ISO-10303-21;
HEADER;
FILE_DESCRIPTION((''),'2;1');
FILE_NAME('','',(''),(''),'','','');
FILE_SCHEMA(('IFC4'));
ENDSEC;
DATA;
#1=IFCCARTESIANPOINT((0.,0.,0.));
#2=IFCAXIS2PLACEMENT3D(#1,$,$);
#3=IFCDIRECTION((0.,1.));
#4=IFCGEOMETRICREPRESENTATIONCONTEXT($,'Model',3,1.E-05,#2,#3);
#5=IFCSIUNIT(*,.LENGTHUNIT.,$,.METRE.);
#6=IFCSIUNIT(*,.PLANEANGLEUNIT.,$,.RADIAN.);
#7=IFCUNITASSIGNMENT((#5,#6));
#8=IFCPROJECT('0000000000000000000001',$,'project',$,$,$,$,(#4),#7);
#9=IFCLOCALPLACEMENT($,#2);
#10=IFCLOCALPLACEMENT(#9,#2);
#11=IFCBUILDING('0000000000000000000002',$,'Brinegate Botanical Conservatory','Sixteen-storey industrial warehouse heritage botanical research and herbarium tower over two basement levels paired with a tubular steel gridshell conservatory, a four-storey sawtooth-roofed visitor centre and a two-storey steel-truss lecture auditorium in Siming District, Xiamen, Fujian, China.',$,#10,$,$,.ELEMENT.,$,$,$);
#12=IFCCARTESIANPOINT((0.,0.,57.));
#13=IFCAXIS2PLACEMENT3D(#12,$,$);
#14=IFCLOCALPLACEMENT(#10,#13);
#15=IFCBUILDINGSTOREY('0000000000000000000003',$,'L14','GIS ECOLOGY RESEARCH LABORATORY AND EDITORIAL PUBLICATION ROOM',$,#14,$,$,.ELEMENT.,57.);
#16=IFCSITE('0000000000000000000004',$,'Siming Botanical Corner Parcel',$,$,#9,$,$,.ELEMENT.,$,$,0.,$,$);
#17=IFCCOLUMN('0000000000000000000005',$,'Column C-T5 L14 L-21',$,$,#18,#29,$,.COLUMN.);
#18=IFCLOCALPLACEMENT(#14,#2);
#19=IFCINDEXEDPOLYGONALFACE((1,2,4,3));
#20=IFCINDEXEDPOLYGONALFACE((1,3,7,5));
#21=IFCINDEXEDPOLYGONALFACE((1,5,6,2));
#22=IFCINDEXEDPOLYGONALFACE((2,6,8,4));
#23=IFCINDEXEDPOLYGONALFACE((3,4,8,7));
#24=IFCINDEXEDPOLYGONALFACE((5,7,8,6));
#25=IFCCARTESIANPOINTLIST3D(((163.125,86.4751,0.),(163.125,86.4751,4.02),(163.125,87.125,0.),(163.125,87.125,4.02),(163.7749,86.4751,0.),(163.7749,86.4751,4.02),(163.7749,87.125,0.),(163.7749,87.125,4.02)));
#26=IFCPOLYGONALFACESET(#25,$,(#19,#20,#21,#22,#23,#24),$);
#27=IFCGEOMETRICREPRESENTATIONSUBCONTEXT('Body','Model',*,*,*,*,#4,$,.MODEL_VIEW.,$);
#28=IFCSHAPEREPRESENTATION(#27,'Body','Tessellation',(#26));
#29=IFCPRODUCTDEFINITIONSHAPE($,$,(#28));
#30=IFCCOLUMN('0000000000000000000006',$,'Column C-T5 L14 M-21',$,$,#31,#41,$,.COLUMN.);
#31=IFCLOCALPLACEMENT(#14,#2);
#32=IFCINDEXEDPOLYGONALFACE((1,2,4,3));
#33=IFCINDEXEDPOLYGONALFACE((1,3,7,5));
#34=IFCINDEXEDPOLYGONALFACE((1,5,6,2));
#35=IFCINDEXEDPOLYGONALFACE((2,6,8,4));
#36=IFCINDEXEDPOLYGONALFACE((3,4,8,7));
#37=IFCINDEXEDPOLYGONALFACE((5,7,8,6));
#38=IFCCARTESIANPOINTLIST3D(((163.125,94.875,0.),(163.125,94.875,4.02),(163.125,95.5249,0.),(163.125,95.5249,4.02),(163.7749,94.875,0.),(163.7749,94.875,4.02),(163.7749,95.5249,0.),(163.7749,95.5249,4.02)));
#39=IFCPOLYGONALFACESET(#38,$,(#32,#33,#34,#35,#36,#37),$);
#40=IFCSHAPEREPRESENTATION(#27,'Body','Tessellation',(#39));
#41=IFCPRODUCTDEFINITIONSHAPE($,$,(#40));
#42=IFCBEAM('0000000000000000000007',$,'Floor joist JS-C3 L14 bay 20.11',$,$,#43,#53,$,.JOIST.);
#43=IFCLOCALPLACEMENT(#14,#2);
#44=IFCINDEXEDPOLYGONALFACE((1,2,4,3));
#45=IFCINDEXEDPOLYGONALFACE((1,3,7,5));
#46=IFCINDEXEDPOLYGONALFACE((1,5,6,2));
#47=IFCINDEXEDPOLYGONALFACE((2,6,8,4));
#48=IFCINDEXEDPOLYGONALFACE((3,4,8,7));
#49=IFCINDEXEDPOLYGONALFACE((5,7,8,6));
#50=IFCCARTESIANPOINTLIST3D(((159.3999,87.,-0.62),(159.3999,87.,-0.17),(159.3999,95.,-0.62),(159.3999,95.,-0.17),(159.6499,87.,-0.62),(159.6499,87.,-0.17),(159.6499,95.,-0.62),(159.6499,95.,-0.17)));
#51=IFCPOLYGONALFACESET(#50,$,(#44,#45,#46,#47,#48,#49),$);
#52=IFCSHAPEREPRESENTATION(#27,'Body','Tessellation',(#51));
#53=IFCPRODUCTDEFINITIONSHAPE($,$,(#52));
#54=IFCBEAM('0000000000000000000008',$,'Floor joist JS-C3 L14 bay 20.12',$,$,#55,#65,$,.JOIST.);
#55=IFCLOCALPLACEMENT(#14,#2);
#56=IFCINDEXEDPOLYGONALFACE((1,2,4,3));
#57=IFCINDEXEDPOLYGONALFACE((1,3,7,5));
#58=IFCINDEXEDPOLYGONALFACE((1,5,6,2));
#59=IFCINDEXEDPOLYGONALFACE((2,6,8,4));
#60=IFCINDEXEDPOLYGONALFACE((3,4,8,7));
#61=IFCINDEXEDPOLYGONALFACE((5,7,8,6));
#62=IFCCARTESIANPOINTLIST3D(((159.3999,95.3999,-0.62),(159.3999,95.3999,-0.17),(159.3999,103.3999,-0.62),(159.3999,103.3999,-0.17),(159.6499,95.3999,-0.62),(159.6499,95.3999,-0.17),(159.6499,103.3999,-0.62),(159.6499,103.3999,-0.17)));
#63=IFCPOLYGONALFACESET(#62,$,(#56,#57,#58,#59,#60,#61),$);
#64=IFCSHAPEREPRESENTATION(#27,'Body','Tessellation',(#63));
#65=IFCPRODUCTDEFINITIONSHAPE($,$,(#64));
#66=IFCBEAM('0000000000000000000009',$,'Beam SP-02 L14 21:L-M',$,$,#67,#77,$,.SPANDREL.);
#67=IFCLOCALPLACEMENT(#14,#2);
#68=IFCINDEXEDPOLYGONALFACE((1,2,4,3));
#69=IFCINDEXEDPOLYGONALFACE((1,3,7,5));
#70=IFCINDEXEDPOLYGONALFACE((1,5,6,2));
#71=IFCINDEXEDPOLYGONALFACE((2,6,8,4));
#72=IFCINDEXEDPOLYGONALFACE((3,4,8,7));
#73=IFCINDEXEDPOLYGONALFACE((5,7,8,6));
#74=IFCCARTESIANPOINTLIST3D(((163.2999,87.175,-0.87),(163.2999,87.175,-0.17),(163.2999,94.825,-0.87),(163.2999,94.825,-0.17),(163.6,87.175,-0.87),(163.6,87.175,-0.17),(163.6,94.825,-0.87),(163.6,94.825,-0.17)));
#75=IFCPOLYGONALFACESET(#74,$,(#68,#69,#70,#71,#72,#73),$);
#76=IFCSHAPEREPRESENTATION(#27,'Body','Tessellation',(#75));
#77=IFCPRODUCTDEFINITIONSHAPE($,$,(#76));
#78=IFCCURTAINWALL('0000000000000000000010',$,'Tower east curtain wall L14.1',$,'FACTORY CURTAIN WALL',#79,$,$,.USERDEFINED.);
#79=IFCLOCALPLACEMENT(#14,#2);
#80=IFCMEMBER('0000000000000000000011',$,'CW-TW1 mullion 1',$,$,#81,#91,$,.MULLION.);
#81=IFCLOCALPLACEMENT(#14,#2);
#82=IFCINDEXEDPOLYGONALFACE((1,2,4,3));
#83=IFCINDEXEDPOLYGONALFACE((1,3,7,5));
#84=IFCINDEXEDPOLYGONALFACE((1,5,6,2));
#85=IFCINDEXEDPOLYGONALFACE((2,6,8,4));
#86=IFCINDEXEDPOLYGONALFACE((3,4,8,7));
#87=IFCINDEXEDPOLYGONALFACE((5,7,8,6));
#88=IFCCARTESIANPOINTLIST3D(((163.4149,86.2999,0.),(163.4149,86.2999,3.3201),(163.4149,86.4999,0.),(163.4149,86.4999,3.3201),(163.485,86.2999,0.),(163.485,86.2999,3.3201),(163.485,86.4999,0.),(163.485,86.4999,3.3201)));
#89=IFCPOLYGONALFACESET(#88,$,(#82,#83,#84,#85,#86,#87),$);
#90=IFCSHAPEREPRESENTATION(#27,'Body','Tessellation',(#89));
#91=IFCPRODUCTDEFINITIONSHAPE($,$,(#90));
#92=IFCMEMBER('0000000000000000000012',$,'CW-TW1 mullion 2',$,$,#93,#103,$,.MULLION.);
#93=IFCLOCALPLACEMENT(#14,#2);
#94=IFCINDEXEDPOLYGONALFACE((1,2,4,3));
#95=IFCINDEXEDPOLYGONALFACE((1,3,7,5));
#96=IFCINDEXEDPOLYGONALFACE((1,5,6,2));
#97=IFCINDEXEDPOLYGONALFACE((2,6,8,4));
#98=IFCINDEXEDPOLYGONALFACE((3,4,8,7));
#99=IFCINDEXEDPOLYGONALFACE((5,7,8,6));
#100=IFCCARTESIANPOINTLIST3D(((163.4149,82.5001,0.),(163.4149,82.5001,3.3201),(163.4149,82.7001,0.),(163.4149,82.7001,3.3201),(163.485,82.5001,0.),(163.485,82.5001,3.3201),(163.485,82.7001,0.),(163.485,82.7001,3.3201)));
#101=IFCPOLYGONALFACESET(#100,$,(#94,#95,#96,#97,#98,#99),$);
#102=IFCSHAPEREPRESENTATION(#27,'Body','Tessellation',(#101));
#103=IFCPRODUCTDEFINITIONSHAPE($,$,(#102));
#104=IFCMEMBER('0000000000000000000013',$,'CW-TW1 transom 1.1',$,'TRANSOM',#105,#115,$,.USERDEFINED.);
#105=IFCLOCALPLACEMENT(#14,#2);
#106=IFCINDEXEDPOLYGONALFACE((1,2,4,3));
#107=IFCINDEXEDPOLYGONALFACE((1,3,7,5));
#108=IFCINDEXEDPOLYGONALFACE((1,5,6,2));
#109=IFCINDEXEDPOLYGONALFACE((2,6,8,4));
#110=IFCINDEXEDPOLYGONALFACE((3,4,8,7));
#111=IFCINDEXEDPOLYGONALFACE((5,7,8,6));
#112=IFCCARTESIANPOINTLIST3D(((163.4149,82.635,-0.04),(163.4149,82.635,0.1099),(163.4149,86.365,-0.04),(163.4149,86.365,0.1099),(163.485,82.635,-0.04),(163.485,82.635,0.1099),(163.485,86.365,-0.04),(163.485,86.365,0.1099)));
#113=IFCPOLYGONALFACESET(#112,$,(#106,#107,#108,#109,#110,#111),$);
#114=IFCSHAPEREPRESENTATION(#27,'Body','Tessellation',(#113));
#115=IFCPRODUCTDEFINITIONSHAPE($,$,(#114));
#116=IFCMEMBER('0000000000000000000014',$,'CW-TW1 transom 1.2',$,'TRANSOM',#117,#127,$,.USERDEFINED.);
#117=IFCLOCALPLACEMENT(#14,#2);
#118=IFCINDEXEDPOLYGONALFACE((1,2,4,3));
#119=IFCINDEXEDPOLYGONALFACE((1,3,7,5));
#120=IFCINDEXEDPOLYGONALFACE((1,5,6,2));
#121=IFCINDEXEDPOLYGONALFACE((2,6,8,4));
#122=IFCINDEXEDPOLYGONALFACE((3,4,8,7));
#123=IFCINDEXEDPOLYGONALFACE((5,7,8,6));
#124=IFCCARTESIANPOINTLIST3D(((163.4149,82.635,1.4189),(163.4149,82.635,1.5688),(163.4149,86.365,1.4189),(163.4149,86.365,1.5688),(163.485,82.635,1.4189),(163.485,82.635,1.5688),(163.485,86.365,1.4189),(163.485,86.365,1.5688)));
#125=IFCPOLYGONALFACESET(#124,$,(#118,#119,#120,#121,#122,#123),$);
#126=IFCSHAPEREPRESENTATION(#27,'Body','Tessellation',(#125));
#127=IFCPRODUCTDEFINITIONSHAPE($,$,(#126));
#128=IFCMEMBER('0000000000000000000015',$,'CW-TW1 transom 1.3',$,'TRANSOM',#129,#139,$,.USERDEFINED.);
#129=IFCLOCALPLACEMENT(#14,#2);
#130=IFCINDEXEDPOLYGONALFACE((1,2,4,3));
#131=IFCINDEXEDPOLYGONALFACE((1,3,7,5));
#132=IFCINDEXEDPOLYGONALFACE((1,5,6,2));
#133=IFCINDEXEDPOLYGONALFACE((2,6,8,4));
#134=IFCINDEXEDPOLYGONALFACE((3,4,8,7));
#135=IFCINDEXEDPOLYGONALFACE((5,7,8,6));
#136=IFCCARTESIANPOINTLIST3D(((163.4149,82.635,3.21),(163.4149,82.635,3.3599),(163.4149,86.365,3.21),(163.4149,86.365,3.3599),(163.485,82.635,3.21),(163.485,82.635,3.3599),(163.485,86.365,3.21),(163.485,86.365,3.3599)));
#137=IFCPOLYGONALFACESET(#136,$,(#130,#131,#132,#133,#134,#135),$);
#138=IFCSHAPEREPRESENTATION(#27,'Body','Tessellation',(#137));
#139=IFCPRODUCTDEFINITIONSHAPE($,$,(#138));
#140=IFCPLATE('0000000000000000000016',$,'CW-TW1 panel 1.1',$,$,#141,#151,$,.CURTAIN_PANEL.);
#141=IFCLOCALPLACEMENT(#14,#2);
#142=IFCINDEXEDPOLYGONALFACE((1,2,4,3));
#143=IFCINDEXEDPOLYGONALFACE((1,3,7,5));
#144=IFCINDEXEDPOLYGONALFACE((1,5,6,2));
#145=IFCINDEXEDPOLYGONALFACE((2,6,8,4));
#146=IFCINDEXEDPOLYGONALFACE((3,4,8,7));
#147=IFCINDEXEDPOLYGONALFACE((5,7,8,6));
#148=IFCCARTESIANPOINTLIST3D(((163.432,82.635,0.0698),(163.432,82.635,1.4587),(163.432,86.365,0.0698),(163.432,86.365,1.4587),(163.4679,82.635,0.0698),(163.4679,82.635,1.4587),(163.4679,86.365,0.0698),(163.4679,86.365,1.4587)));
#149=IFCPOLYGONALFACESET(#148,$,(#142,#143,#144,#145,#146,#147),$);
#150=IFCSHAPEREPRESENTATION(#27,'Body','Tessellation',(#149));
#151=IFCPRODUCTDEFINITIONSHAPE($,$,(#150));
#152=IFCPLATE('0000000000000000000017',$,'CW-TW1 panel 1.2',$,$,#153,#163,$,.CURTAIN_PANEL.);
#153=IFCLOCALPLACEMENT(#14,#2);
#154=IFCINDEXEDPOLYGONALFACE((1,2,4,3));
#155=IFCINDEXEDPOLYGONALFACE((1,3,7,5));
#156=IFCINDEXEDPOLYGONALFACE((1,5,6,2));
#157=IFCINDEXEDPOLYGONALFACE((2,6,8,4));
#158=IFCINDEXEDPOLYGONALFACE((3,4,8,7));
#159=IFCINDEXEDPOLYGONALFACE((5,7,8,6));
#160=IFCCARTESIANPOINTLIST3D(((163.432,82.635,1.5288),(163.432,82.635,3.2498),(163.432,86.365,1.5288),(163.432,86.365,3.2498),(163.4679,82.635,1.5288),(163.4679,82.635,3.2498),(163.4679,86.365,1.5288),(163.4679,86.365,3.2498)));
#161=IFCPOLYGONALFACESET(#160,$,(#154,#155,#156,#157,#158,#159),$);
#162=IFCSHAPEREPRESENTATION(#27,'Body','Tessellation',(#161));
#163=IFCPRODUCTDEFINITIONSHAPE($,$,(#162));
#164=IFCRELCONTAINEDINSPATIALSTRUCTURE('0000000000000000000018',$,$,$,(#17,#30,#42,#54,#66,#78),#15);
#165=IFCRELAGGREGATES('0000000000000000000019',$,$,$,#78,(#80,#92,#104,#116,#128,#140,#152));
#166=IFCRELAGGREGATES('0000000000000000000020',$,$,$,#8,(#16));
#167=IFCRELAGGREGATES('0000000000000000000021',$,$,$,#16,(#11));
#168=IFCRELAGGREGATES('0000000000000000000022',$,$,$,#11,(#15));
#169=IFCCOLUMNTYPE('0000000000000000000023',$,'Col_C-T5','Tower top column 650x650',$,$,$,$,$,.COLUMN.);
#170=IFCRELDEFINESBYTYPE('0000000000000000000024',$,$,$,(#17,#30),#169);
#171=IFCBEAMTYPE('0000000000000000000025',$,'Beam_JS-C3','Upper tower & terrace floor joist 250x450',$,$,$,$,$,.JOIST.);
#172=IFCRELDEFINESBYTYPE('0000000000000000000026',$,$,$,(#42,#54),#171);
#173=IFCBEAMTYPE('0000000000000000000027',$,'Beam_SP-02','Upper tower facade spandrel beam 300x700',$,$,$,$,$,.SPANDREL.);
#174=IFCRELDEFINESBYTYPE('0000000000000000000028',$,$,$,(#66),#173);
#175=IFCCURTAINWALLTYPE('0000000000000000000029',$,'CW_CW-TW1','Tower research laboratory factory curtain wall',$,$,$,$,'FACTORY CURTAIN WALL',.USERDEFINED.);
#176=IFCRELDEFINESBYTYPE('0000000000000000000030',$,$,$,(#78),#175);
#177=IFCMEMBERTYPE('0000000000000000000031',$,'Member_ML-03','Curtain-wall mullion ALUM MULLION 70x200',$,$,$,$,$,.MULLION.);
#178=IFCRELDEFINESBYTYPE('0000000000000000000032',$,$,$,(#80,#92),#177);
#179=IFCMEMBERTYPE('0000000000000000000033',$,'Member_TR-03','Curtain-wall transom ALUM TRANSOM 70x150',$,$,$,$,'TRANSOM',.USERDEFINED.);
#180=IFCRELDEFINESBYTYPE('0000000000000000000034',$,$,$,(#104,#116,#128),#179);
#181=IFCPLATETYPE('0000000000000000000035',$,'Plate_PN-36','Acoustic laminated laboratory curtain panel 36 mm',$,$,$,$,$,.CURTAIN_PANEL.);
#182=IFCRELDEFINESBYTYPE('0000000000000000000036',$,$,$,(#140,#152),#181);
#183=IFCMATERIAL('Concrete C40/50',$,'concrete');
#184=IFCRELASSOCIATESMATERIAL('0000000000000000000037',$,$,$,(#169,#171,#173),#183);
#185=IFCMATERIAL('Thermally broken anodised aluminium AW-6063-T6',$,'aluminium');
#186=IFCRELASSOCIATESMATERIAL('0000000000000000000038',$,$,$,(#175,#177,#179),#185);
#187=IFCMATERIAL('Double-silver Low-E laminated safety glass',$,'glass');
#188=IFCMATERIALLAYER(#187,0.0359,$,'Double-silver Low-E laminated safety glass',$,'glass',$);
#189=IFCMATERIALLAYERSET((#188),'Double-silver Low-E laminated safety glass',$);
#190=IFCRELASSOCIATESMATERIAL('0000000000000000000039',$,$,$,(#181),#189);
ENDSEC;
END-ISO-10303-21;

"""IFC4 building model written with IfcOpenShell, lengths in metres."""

from ifc_helpers import new_model, si_unit, direction, frame, origin, origin_2d, place, context, subcontext, project, spatial, rectangle, extrude, material, layer, layer_set, material_profile, profile_set, type_object, element, aggregate, save


model = new_model("IFC4")

# Units and contexts
model_context = context("Model", 3, precision=1e-05, world=origin(), true_north=direction((0.0, 1.0)))
body_context = subcontext(model_context, "Body", "Model", "MODEL_VIEW")
ifc_project = project(units=[si_unit("LENGTHUNIT", "METRE"), si_unit("PLANEANGLEUNIT", "RADIAN")], contexts=[model_context])

# Site, building, storey
site_placement = place(None, origin())
site = spatial("IfcSite", under=ifc_project, at=site_placement, Name="Siming Botanical Corner Parcel", CompositionType="ELEMENT", RefElevation=0.0)
building_placement = place(site_placement, origin())
building = spatial("IfcBuilding", under=site, at=building_placement, Name="Brinegate Botanical Conservatory", Description="Sixteen-storey industrial warehouse heritage botanical research and herbarium tower over two basement levels paired with a tubular steel gridshell conservatory, a four-storey sawtooth-roofed visitor centre and a two-storey steel-truss lecture auditorium in Siming District, Xiamen, Fujian, China.", CompositionType="ELEMENT")
storey_placement = place(building_placement, frame((0.0, 0.0, 57.0)))
storey = spatial("IfcBuildingStorey", under=building, at=storey_placement, Name="L14", Description="GIS ECOLOGY RESEARCH LABORATORY AND EDITORIAL PUBLICATION ROOM", CompositionType="ELEMENT", Elevation=57.0)

# Columns
ifc_material_1 = material(Name="Concrete C40/50", Category="concrete")
ifc_material_profile_1 = material_profile(ifc_material_1, rectangle(XDim=0.6499, YDim=0.6499, at=origin_2d()), Name="RC COL 650x650")
ifc_profile_set_1 = profile_set([ifc_material_profile_1], Name="Concrete C40/50")
column_type = type_object("IfcColumnType", Name="Col_C-T5", Description="Tower top column 650x650", PredefinedType="COLUMN", material=ifc_profile_set_1)
for number, where, z_axis, x_axis, name in (
    (1, (163.45, 86.8, 0.0), (0.0, 0.0, 1.0), (1.0, 0.0, 0.0), "Column C-T5 L14 L-21"),
    (2, (163.45, 95.2, 0.0), (0.0, 0.0, 1.0), (1.0, 0.0, 0.0), "Column C-T5 L14 M-21"),
):
    element("IfcColumn", number, at=place(storey_placement, frame(where, z_axis=z_axis, x_axis=x_axis)), inside=storey, type_object=column_type, Name=name, PredefinedType="COLUMN", context=body_context, shape_type="SweptSolid", body=[
        extrude(rectangle(XDim=0.6499, YDim=0.6499, at=origin_2d()), origin(), (0.0, 0.0, 1.0), 4.02),
    ])

# Beams
ifc_material_profile_2 = material_profile(ifc_material_1, rectangle(XDim=0.25, YDim=0.45, at=origin_2d()), Name="RC JST 250x450")
ifc_profile_set_2 = profile_set([ifc_material_profile_2], Name="Concrete C40/50")
beam_type_1 = type_object("IfcBeamType", Name="Beam_JS-C3", Description="Upper tower & terrace floor joist 250x450", PredefinedType="JOIST", material=ifc_profile_set_2)
for number, where, z_axis, x_axis, name in (
    (3, (159.5249, 87.0, -0.395), (0.0, 1.0, 0.0), (-1.0, 0.0, 0.0), "Floor joist JS-C3 L14 bay 20.11"),
    (4, (159.5249, 95.3999, -0.395), (0.0, 1.0, 0.0), (-1.0, 0.0, 0.0), "Floor joist JS-C3 L14 bay 20.12"),
):
    element("IfcBeam", number, at=place(storey_placement, frame(where, z_axis=z_axis, x_axis=x_axis)), inside=storey, type_object=beam_type_1, Name=name, PredefinedType="JOIST", context=body_context, shape_type="SweptSolid", body=[
        extrude(rectangle(XDim=0.25, YDim=0.45, at=origin_2d()), origin(), (0.0, 0.0, 1.0), 8.0),
    ])
ifc_material_profile_3 = material_profile(ifc_material_1, rectangle(XDim=0.3, YDim=0.7, at=origin_2d()), Name="RC SPN 300x700")
ifc_profile_set_3 = profile_set([ifc_material_profile_3], Name="Concrete C40/50")
beam_type_2 = type_object("IfcBeamType", Name="Beam_SP-02", Description="Upper tower facade spandrel beam 300x700", PredefinedType="SPANDREL", material=ifc_profile_set_3)
beam_placement = place(storey_placement, frame((163.45, 87.175, -0.52), z_axis=(0.0, 1.0, 0.0), x_axis=(-1.0, 0.0, 0.0)))
element("IfcBeam", 5, at=beam_placement, inside=storey, type_object=beam_type_2, Name="Beam SP-02 L14 21:L-M", PredefinedType="SPANDREL", context=body_context, shape_type="SweptSolid", body=[
    extrude(rectangle(XDim=0.3, YDim=0.7, at=origin_2d()), origin(), (0.0, 0.0, 1.0), 7.6499),
])

# Curtain wall, members, plates
ifc_material_2 = material(Name="Thermally broken anodised aluminium AW-6063-T6", Category="aluminium")
curtain_wall_type = type_object("IfcCurtainWallType", Name="CW_CW-TW1", Description="Tower research laboratory factory curtain wall", ElementType="FACTORY CURTAIN WALL", PredefinedType="USERDEFINED", material=ifc_material_2)
curtain_wall_placement = place(storey_placement, origin())
curtain_wall = element("IfcCurtainWall", 6, at=curtain_wall_placement, inside=storey, type_object=curtain_wall_type, Name="Tower east curtain wall L14.1", ObjectType="FACTORY CURTAIN WALL", PredefinedType="USERDEFINED")
ifc_material_profile_4 = material_profile(ifc_material_2, rectangle(XDim=0.0701, YDim=0.2, at=origin_2d()), Name="ALUM MULLION 70x200")
ifc_profile_set_4 = profile_set([ifc_material_profile_4], Name="Thermally broken anodised aluminium AW-6063-T6")
member_type_1 = type_object("IfcMemberType", Name="Member_ML-03", Description="Curtain-wall mullion ALUM MULLION 70x200", PredefinedType="MULLION", material=ifc_profile_set_4)
member_1_placement = place(storey_placement, frame((163.45, 86.3999, 0.0), z_axis=(0.0, 0.0, 1.0), x_axis=(1.0, 0.0, 0.0)))
member_1 = element("IfcMember", 7, at=member_1_placement, type_object=member_type_1, Name="CW-TW1 mullion 1", PredefinedType="MULLION", context=body_context, shape_type="SweptSolid", body=[
    extrude(rectangle(XDim=0.0701, YDim=0.2, at=origin_2d()), origin(), (0.0, 0.0, 1.0), 3.3201),
])
member_2_placement = place(storey_placement, frame((163.45, 82.6001, 0.0), z_axis=(0.0, 0.0, 1.0), x_axis=(1.0, 0.0, 0.0)))
member_2 = element("IfcMember", 8, at=member_2_placement, type_object=member_type_1, Name="CW-TW1 mullion 2", PredefinedType="MULLION", context=body_context, shape_type="SweptSolid", body=[
    extrude(rectangle(XDim=0.0701, YDim=0.2, at=origin_2d()), origin(), (0.0, 0.0, 1.0), 3.3201),
])
ifc_material_profile_5 = material_profile(ifc_material_2, rectangle(XDim=0.0701, YDim=0.1499, at=origin_2d()), Name="ALUM TRANSOM 70x150")
ifc_profile_set_5 = profile_set([ifc_material_profile_5], Name="Thermally broken anodised aluminium AW-6063-T6")
member_type_2 = type_object("IfcMemberType", Name="Member_TR-03", Description="Curtain-wall transom ALUM TRANSOM 70x150", ElementType="TRANSOM", PredefinedType="USERDEFINED", material=ifc_profile_set_5)
member_3_placement = place(storey_placement, frame((163.45, 86.365, 0.0349), z_axis=(0.0, -1.0, 0.0), x_axis=(1.0, 0.0, 0.0)))
member_3 = element("IfcMember", 9, at=member_3_placement, type_object=member_type_2, Name="CW-TW1 transom 1.1", ObjectType="TRANSOM", PredefinedType="USERDEFINED", context=body_context, shape_type="SweptSolid", body=[
    extrude(rectangle(XDim=0.0701, YDim=0.1499, at=origin_2d()), origin(), (0.0, 0.0, 1.0), 3.73),
])
member_4_placement = place(storey_placement, frame((163.45, 86.365, 1.4939), z_axis=(0.0, -1.0, 0.0), x_axis=(1.0, 0.0, 0.0)))
member_4 = element("IfcMember", 10, at=member_4_placement, type_object=member_type_2, Name="CW-TW1 transom 1.2", ObjectType="TRANSOM", PredefinedType="USERDEFINED", context=body_context, shape_type="SweptSolid", body=[
    extrude(rectangle(XDim=0.0701, YDim=0.1499, at=origin_2d()), origin(), (0.0, 0.0, 1.0), 3.73),
])
member_5_placement = place(storey_placement, frame((163.45, 86.365, 3.2849), z_axis=(0.0, -1.0, 0.0), x_axis=(1.0, 0.0, 0.0)))
member_5 = element("IfcMember", 11, at=member_5_placement, type_object=member_type_2, Name="CW-TW1 transom 1.3", ObjectType="TRANSOM", PredefinedType="USERDEFINED", context=body_context, shape_type="SweptSolid", body=[
    extrude(rectangle(XDim=0.0701, YDim=0.1499, at=origin_2d()), origin(), (0.0, 0.0, 1.0), 3.73),
])
ifc_material_3 = material(Name="Double-silver Low-E laminated safety glass", Category="glass")
ifc_layer_1 = layer(ifc_material_3, 0.0359, Name="Double-silver Low-E laminated safety glass", Category="glass")
ifc_layer_set_1 = layer_set([ifc_layer_1], Name="Double-silver Low-E laminated safety glass")
plate_type = type_object("IfcPlateType", Name="Plate_PN-36", Description="Acoustic laminated laboratory curtain panel 36 mm", PredefinedType="CURTAIN_PANEL", material=ifc_layer_set_1)
plate_1_placement = place(storey_placement, frame((163.45, 84.5, 0.0698), z_axis=(0.0, 0.0, 1.0), x_axis=(0.0, -1.0, 0.0)))
plate_1 = element("IfcPlate", 12, at=plate_1_placement, type_object=plate_type, Name="CW-TW1 panel 1.1", PredefinedType="CURTAIN_PANEL", context=body_context, shape_type="SweptSolid", body=[
    extrude(rectangle(XDim=3.73, YDim=0.0359, at=origin_2d()), origin(), (0.0, 0.0, 1.0), 1.3889),
])
plate_2_placement = place(storey_placement, frame((163.45, 84.5, 1.5288), z_axis=(0.0, 0.0, 1.0), x_axis=(0.0, -1.0, 0.0)))
plate_2 = element("IfcPlate", 13, at=plate_2_placement, type_object=plate_type, Name="CW-TW1 panel 1.2", PredefinedType="CURTAIN_PANEL", context=body_context, shape_type="SweptSolid", body=[
    extrude(rectangle(XDim=3.73, YDim=0.0359, at=origin_2d()), origin(), (0.0, 0.0, 1.0), 1.7209),
])
aggregate(curtain_wall, [member_1, member_2, member_3, member_4, member_5, plate_1, plate_2])

save(model, "model.ifc")
